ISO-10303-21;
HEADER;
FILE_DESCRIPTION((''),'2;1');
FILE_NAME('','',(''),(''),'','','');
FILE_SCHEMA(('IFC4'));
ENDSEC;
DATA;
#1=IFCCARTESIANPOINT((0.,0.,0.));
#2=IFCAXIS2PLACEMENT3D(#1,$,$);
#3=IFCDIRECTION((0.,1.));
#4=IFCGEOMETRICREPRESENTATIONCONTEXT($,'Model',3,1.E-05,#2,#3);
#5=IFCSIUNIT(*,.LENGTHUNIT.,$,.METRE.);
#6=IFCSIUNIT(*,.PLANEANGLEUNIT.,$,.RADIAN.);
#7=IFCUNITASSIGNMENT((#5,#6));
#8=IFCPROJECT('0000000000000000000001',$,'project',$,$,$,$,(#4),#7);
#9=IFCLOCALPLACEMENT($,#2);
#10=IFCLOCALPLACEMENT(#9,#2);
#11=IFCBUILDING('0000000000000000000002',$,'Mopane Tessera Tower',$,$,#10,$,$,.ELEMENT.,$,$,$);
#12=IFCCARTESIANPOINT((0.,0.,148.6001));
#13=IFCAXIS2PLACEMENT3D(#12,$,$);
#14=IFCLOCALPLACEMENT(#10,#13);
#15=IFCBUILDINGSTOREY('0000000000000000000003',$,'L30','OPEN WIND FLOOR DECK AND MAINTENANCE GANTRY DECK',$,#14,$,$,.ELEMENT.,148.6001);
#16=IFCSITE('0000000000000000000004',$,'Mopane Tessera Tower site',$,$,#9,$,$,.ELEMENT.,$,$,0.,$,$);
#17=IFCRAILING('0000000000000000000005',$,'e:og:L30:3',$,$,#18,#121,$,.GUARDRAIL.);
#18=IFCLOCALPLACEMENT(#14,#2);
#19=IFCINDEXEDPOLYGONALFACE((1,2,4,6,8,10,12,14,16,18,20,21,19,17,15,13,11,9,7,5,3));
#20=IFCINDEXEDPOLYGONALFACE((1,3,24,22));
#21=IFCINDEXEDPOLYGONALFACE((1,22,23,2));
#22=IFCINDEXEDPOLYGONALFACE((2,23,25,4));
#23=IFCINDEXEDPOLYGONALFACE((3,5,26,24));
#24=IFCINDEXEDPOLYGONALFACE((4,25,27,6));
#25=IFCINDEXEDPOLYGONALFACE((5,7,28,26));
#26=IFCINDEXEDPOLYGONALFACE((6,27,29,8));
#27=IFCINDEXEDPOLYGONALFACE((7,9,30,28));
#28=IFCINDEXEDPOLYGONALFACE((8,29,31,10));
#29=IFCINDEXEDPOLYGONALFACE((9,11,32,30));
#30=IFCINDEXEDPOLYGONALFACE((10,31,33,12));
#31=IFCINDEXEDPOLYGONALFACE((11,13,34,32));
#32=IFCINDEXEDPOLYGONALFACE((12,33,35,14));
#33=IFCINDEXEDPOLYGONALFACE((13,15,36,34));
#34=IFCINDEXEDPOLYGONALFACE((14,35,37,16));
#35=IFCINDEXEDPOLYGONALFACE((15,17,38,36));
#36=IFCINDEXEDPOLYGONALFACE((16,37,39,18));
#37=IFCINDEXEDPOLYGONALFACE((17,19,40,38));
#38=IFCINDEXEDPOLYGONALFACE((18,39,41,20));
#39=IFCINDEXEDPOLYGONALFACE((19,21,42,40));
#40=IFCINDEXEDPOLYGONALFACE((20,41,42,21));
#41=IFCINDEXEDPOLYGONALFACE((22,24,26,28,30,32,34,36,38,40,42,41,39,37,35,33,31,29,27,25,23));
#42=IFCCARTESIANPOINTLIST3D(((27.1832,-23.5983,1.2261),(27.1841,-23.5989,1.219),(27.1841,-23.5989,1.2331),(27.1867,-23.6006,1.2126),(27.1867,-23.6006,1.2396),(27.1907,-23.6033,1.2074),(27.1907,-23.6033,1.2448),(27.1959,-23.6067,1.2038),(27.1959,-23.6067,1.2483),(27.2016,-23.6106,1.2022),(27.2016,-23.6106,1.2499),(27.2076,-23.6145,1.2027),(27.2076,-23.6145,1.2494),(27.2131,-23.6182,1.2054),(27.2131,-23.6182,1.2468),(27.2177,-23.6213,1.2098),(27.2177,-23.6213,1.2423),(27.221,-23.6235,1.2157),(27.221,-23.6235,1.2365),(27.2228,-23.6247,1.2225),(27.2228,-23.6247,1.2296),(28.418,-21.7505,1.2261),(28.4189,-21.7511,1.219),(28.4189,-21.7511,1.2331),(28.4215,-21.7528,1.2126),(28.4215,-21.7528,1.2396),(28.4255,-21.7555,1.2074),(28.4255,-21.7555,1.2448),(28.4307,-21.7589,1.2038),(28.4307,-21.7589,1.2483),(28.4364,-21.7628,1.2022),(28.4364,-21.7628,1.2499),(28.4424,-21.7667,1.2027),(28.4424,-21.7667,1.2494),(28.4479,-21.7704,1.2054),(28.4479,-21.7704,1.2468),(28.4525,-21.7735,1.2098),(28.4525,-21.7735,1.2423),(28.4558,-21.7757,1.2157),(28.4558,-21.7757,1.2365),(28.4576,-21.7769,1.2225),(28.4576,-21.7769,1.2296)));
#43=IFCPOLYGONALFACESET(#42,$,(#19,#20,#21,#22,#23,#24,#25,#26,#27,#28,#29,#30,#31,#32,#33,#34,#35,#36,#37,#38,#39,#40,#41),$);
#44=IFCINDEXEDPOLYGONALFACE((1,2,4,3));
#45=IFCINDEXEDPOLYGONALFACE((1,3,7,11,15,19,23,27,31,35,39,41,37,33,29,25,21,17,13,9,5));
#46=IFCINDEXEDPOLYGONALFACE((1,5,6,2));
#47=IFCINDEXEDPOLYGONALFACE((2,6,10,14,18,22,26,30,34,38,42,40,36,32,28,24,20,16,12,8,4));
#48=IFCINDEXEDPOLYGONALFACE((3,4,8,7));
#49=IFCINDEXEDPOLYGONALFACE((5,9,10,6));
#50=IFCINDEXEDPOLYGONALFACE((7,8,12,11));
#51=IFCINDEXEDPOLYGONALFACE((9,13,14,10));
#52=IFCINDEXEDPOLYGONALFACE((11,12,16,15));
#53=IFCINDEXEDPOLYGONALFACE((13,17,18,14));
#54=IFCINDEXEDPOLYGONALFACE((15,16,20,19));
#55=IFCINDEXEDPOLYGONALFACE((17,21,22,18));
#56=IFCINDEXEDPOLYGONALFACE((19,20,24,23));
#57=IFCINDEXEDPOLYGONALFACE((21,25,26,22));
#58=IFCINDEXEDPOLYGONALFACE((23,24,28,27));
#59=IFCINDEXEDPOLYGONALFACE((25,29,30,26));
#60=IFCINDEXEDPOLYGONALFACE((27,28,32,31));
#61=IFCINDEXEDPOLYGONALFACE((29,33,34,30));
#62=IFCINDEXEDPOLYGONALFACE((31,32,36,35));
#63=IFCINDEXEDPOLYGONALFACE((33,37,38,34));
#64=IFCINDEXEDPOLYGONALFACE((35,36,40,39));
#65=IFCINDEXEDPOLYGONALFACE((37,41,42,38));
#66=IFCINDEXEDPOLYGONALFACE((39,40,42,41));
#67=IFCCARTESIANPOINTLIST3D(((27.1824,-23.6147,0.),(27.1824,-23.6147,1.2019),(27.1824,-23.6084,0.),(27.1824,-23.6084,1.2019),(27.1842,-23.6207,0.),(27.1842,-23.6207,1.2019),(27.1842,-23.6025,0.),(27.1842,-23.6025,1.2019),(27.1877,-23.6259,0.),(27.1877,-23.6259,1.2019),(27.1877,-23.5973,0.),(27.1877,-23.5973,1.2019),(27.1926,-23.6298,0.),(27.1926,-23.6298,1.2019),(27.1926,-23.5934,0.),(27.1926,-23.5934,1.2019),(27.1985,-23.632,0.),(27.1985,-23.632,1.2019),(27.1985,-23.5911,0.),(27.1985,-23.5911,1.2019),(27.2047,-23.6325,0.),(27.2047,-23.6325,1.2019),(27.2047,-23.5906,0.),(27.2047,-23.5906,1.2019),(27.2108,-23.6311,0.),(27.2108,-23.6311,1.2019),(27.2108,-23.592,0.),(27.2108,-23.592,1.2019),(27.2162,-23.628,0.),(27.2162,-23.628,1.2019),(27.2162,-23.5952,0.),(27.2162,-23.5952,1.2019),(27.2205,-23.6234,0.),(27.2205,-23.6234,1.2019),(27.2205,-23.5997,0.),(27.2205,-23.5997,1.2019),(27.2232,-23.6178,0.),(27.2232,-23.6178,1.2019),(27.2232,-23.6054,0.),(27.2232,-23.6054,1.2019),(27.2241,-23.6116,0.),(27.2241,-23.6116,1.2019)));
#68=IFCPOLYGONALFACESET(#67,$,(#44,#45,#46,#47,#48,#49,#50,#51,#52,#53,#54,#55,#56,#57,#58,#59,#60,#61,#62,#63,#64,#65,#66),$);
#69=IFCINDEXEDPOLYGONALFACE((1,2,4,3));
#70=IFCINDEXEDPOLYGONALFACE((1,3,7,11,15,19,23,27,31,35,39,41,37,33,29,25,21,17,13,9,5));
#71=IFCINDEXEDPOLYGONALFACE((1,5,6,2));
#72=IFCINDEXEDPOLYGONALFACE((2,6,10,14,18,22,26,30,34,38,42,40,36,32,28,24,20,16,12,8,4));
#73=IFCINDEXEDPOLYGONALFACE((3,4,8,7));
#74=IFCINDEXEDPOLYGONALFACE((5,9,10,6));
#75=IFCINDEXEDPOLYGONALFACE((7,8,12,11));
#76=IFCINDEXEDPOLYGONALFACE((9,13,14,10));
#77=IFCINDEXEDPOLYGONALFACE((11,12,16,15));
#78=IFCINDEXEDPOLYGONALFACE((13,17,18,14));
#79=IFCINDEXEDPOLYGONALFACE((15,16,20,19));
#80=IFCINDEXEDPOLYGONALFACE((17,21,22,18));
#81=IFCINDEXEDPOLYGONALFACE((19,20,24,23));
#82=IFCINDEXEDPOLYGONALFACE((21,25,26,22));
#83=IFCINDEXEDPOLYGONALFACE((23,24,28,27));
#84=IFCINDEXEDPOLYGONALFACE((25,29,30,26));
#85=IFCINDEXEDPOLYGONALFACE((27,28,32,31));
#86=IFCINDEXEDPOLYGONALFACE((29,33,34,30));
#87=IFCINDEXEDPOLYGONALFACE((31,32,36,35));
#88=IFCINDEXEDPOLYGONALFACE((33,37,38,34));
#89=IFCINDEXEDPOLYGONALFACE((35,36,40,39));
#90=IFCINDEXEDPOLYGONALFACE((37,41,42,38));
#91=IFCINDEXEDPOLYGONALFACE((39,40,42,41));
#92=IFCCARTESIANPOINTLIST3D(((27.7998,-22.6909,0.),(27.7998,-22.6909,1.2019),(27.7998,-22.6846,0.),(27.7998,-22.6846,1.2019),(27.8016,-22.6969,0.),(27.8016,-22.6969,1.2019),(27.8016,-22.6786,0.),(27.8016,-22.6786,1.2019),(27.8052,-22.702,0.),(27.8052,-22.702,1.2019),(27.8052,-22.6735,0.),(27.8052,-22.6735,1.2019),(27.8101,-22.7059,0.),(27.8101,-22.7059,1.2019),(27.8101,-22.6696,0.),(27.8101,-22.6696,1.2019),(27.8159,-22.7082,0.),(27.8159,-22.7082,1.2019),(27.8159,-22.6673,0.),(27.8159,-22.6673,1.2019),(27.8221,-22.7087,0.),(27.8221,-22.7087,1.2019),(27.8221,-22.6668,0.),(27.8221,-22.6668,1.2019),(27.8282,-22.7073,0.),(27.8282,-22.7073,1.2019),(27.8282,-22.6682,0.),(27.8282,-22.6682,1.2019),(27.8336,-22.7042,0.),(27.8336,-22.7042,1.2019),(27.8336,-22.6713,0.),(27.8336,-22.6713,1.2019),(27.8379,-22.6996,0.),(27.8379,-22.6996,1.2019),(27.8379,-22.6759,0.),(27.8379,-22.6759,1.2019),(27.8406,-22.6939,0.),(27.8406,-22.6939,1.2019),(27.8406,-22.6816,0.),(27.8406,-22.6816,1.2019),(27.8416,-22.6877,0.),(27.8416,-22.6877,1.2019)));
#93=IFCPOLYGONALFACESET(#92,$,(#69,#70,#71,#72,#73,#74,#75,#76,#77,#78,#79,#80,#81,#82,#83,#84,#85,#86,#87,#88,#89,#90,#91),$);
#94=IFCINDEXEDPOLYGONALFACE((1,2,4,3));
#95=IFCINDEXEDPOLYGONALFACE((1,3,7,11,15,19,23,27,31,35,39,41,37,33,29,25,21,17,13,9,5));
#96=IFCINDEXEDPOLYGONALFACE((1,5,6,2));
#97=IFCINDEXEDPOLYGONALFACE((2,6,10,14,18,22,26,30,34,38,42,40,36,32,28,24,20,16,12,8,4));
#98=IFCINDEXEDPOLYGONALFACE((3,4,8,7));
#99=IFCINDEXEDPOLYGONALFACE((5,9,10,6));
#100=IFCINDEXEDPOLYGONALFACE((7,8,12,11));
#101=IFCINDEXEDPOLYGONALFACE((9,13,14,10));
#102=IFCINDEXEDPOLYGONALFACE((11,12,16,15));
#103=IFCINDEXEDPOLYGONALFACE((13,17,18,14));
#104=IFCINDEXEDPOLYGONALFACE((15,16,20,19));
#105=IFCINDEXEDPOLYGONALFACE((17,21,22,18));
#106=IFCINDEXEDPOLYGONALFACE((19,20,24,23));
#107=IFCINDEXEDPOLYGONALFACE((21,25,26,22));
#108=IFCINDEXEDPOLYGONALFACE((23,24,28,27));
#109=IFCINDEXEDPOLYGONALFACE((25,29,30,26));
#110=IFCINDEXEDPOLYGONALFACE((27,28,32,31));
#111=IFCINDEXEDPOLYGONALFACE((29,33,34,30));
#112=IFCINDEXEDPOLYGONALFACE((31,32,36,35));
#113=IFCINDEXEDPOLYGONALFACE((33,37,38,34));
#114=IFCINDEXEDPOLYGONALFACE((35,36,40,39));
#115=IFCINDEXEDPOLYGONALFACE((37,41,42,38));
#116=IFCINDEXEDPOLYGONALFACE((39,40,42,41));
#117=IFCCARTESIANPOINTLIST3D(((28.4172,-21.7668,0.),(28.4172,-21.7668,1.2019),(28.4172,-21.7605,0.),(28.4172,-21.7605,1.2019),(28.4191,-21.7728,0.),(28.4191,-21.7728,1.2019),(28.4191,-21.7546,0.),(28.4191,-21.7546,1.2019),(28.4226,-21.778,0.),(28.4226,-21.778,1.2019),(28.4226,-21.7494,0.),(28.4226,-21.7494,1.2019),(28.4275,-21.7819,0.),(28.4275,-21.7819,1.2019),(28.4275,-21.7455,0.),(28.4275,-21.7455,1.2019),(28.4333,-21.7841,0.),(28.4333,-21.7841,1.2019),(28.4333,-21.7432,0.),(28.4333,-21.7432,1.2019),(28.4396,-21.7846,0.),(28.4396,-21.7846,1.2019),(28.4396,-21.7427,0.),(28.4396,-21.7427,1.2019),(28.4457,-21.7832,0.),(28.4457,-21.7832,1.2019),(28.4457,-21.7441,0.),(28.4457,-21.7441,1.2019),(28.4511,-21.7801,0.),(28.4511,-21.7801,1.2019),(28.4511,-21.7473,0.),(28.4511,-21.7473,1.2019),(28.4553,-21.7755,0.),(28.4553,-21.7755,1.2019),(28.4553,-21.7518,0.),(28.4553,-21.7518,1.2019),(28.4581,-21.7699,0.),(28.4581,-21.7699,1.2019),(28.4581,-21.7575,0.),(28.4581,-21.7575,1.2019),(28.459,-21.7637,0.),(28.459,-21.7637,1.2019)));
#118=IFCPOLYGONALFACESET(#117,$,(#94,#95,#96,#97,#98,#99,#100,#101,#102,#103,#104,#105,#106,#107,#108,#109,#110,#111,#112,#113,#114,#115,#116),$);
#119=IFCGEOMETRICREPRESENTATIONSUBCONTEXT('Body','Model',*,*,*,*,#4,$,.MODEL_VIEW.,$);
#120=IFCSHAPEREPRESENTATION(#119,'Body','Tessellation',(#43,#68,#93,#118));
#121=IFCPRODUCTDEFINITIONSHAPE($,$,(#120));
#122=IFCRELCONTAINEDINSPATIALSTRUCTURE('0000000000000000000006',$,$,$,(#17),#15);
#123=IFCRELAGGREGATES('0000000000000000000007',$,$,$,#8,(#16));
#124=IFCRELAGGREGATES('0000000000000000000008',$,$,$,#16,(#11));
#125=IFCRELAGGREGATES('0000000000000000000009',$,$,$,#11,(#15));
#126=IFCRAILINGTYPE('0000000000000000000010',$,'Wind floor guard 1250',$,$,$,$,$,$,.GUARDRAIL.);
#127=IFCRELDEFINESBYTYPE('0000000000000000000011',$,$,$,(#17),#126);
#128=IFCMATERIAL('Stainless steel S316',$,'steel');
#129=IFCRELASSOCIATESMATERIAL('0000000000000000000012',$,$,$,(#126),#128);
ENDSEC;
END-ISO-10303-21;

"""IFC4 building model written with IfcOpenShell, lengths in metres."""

from ifc_helpers import new_model, si_unit, direction, frame, origin, origin_2d, place, context, subcontext, project, spatial, circle, extrude, material, type_object, element, save


model = new_model("IFC4")

# Units and contexts
model_context = context("Model", 3, precision=1e-05, world=origin(), true_north=direction((0.0, 1.0)))
body_context = subcontext(model_context, "Body", "Model", "MODEL_VIEW")
ifc_project = project(units=[si_unit("LENGTHUNIT", "METRE"), si_unit("PLANEANGLEUNIT", "RADIAN")], contexts=[model_context])

# Site, building, storey
site_placement = place(None, origin())
site = spatial("IfcSite", under=ifc_project, at=site_placement, Name="Mopane Tessera Tower site", CompositionType="ELEMENT", RefElevation=0.0)
building_placement = place(site_placement, origin())
building = spatial("IfcBuilding", under=site, at=building_placement, Name="Mopane Tessera Tower", CompositionType="ELEMENT")
storey_placement = place(building_placement, frame((0.0, 0.0, 148.6001)))
storey = spatial("IfcBuildingStorey", under=building, at=storey_placement, Name="L30", Description="OPEN WIND FLOOR DECK AND MAINTENANCE GANTRY DECK", CompositionType="ELEMENT", Elevation=148.6001)

# Railing
ifc_material_1 = material(Name="Stainless steel S316", Category="steel")
railing_type = type_object("IfcRailingType", Name="Wind floor guard 1250", PredefinedType="GUARDRAIL", material=ifc_material_1)
railing_1_placement = place(storey_placement, frame((27.2031, -23.6116, 0.0)))
element("IfcRailing", 1, at=railing_1_placement, inside=storey, type_object=railing_type, Name="e:og:L30:3", PredefinedType="GUARDRAIL", context=body_context, shape_type="SweptSolid", body=[
    extrude(circle(Radius=0.0239, at=origin_2d()), frame((0.0, 0.0, 1.2261), z_axis=(0.555612, 0.831441, 0.0), x_axis=(-0.831441, 0.555612, 0.0)), (0.0, 0.0, 1.0), 2.2224),
    extrude(circle(Radius=0.021, at=origin_2d()), origin(), (0.0, 0.0, 1.0), 1.2019),
    extrude(circle(Radius=0.021, at=origin_2d()), frame((0.6174, 0.9238, 0.0)), (0.0, 0.0, 1.0), 1.2019),
    extrude(circle(Radius=0.021, at=origin_2d()), frame((1.2349, 1.8479, 0.0)), (0.0, 0.0, 1.0), 1.2019),
])

save(model, "model.ifc")
